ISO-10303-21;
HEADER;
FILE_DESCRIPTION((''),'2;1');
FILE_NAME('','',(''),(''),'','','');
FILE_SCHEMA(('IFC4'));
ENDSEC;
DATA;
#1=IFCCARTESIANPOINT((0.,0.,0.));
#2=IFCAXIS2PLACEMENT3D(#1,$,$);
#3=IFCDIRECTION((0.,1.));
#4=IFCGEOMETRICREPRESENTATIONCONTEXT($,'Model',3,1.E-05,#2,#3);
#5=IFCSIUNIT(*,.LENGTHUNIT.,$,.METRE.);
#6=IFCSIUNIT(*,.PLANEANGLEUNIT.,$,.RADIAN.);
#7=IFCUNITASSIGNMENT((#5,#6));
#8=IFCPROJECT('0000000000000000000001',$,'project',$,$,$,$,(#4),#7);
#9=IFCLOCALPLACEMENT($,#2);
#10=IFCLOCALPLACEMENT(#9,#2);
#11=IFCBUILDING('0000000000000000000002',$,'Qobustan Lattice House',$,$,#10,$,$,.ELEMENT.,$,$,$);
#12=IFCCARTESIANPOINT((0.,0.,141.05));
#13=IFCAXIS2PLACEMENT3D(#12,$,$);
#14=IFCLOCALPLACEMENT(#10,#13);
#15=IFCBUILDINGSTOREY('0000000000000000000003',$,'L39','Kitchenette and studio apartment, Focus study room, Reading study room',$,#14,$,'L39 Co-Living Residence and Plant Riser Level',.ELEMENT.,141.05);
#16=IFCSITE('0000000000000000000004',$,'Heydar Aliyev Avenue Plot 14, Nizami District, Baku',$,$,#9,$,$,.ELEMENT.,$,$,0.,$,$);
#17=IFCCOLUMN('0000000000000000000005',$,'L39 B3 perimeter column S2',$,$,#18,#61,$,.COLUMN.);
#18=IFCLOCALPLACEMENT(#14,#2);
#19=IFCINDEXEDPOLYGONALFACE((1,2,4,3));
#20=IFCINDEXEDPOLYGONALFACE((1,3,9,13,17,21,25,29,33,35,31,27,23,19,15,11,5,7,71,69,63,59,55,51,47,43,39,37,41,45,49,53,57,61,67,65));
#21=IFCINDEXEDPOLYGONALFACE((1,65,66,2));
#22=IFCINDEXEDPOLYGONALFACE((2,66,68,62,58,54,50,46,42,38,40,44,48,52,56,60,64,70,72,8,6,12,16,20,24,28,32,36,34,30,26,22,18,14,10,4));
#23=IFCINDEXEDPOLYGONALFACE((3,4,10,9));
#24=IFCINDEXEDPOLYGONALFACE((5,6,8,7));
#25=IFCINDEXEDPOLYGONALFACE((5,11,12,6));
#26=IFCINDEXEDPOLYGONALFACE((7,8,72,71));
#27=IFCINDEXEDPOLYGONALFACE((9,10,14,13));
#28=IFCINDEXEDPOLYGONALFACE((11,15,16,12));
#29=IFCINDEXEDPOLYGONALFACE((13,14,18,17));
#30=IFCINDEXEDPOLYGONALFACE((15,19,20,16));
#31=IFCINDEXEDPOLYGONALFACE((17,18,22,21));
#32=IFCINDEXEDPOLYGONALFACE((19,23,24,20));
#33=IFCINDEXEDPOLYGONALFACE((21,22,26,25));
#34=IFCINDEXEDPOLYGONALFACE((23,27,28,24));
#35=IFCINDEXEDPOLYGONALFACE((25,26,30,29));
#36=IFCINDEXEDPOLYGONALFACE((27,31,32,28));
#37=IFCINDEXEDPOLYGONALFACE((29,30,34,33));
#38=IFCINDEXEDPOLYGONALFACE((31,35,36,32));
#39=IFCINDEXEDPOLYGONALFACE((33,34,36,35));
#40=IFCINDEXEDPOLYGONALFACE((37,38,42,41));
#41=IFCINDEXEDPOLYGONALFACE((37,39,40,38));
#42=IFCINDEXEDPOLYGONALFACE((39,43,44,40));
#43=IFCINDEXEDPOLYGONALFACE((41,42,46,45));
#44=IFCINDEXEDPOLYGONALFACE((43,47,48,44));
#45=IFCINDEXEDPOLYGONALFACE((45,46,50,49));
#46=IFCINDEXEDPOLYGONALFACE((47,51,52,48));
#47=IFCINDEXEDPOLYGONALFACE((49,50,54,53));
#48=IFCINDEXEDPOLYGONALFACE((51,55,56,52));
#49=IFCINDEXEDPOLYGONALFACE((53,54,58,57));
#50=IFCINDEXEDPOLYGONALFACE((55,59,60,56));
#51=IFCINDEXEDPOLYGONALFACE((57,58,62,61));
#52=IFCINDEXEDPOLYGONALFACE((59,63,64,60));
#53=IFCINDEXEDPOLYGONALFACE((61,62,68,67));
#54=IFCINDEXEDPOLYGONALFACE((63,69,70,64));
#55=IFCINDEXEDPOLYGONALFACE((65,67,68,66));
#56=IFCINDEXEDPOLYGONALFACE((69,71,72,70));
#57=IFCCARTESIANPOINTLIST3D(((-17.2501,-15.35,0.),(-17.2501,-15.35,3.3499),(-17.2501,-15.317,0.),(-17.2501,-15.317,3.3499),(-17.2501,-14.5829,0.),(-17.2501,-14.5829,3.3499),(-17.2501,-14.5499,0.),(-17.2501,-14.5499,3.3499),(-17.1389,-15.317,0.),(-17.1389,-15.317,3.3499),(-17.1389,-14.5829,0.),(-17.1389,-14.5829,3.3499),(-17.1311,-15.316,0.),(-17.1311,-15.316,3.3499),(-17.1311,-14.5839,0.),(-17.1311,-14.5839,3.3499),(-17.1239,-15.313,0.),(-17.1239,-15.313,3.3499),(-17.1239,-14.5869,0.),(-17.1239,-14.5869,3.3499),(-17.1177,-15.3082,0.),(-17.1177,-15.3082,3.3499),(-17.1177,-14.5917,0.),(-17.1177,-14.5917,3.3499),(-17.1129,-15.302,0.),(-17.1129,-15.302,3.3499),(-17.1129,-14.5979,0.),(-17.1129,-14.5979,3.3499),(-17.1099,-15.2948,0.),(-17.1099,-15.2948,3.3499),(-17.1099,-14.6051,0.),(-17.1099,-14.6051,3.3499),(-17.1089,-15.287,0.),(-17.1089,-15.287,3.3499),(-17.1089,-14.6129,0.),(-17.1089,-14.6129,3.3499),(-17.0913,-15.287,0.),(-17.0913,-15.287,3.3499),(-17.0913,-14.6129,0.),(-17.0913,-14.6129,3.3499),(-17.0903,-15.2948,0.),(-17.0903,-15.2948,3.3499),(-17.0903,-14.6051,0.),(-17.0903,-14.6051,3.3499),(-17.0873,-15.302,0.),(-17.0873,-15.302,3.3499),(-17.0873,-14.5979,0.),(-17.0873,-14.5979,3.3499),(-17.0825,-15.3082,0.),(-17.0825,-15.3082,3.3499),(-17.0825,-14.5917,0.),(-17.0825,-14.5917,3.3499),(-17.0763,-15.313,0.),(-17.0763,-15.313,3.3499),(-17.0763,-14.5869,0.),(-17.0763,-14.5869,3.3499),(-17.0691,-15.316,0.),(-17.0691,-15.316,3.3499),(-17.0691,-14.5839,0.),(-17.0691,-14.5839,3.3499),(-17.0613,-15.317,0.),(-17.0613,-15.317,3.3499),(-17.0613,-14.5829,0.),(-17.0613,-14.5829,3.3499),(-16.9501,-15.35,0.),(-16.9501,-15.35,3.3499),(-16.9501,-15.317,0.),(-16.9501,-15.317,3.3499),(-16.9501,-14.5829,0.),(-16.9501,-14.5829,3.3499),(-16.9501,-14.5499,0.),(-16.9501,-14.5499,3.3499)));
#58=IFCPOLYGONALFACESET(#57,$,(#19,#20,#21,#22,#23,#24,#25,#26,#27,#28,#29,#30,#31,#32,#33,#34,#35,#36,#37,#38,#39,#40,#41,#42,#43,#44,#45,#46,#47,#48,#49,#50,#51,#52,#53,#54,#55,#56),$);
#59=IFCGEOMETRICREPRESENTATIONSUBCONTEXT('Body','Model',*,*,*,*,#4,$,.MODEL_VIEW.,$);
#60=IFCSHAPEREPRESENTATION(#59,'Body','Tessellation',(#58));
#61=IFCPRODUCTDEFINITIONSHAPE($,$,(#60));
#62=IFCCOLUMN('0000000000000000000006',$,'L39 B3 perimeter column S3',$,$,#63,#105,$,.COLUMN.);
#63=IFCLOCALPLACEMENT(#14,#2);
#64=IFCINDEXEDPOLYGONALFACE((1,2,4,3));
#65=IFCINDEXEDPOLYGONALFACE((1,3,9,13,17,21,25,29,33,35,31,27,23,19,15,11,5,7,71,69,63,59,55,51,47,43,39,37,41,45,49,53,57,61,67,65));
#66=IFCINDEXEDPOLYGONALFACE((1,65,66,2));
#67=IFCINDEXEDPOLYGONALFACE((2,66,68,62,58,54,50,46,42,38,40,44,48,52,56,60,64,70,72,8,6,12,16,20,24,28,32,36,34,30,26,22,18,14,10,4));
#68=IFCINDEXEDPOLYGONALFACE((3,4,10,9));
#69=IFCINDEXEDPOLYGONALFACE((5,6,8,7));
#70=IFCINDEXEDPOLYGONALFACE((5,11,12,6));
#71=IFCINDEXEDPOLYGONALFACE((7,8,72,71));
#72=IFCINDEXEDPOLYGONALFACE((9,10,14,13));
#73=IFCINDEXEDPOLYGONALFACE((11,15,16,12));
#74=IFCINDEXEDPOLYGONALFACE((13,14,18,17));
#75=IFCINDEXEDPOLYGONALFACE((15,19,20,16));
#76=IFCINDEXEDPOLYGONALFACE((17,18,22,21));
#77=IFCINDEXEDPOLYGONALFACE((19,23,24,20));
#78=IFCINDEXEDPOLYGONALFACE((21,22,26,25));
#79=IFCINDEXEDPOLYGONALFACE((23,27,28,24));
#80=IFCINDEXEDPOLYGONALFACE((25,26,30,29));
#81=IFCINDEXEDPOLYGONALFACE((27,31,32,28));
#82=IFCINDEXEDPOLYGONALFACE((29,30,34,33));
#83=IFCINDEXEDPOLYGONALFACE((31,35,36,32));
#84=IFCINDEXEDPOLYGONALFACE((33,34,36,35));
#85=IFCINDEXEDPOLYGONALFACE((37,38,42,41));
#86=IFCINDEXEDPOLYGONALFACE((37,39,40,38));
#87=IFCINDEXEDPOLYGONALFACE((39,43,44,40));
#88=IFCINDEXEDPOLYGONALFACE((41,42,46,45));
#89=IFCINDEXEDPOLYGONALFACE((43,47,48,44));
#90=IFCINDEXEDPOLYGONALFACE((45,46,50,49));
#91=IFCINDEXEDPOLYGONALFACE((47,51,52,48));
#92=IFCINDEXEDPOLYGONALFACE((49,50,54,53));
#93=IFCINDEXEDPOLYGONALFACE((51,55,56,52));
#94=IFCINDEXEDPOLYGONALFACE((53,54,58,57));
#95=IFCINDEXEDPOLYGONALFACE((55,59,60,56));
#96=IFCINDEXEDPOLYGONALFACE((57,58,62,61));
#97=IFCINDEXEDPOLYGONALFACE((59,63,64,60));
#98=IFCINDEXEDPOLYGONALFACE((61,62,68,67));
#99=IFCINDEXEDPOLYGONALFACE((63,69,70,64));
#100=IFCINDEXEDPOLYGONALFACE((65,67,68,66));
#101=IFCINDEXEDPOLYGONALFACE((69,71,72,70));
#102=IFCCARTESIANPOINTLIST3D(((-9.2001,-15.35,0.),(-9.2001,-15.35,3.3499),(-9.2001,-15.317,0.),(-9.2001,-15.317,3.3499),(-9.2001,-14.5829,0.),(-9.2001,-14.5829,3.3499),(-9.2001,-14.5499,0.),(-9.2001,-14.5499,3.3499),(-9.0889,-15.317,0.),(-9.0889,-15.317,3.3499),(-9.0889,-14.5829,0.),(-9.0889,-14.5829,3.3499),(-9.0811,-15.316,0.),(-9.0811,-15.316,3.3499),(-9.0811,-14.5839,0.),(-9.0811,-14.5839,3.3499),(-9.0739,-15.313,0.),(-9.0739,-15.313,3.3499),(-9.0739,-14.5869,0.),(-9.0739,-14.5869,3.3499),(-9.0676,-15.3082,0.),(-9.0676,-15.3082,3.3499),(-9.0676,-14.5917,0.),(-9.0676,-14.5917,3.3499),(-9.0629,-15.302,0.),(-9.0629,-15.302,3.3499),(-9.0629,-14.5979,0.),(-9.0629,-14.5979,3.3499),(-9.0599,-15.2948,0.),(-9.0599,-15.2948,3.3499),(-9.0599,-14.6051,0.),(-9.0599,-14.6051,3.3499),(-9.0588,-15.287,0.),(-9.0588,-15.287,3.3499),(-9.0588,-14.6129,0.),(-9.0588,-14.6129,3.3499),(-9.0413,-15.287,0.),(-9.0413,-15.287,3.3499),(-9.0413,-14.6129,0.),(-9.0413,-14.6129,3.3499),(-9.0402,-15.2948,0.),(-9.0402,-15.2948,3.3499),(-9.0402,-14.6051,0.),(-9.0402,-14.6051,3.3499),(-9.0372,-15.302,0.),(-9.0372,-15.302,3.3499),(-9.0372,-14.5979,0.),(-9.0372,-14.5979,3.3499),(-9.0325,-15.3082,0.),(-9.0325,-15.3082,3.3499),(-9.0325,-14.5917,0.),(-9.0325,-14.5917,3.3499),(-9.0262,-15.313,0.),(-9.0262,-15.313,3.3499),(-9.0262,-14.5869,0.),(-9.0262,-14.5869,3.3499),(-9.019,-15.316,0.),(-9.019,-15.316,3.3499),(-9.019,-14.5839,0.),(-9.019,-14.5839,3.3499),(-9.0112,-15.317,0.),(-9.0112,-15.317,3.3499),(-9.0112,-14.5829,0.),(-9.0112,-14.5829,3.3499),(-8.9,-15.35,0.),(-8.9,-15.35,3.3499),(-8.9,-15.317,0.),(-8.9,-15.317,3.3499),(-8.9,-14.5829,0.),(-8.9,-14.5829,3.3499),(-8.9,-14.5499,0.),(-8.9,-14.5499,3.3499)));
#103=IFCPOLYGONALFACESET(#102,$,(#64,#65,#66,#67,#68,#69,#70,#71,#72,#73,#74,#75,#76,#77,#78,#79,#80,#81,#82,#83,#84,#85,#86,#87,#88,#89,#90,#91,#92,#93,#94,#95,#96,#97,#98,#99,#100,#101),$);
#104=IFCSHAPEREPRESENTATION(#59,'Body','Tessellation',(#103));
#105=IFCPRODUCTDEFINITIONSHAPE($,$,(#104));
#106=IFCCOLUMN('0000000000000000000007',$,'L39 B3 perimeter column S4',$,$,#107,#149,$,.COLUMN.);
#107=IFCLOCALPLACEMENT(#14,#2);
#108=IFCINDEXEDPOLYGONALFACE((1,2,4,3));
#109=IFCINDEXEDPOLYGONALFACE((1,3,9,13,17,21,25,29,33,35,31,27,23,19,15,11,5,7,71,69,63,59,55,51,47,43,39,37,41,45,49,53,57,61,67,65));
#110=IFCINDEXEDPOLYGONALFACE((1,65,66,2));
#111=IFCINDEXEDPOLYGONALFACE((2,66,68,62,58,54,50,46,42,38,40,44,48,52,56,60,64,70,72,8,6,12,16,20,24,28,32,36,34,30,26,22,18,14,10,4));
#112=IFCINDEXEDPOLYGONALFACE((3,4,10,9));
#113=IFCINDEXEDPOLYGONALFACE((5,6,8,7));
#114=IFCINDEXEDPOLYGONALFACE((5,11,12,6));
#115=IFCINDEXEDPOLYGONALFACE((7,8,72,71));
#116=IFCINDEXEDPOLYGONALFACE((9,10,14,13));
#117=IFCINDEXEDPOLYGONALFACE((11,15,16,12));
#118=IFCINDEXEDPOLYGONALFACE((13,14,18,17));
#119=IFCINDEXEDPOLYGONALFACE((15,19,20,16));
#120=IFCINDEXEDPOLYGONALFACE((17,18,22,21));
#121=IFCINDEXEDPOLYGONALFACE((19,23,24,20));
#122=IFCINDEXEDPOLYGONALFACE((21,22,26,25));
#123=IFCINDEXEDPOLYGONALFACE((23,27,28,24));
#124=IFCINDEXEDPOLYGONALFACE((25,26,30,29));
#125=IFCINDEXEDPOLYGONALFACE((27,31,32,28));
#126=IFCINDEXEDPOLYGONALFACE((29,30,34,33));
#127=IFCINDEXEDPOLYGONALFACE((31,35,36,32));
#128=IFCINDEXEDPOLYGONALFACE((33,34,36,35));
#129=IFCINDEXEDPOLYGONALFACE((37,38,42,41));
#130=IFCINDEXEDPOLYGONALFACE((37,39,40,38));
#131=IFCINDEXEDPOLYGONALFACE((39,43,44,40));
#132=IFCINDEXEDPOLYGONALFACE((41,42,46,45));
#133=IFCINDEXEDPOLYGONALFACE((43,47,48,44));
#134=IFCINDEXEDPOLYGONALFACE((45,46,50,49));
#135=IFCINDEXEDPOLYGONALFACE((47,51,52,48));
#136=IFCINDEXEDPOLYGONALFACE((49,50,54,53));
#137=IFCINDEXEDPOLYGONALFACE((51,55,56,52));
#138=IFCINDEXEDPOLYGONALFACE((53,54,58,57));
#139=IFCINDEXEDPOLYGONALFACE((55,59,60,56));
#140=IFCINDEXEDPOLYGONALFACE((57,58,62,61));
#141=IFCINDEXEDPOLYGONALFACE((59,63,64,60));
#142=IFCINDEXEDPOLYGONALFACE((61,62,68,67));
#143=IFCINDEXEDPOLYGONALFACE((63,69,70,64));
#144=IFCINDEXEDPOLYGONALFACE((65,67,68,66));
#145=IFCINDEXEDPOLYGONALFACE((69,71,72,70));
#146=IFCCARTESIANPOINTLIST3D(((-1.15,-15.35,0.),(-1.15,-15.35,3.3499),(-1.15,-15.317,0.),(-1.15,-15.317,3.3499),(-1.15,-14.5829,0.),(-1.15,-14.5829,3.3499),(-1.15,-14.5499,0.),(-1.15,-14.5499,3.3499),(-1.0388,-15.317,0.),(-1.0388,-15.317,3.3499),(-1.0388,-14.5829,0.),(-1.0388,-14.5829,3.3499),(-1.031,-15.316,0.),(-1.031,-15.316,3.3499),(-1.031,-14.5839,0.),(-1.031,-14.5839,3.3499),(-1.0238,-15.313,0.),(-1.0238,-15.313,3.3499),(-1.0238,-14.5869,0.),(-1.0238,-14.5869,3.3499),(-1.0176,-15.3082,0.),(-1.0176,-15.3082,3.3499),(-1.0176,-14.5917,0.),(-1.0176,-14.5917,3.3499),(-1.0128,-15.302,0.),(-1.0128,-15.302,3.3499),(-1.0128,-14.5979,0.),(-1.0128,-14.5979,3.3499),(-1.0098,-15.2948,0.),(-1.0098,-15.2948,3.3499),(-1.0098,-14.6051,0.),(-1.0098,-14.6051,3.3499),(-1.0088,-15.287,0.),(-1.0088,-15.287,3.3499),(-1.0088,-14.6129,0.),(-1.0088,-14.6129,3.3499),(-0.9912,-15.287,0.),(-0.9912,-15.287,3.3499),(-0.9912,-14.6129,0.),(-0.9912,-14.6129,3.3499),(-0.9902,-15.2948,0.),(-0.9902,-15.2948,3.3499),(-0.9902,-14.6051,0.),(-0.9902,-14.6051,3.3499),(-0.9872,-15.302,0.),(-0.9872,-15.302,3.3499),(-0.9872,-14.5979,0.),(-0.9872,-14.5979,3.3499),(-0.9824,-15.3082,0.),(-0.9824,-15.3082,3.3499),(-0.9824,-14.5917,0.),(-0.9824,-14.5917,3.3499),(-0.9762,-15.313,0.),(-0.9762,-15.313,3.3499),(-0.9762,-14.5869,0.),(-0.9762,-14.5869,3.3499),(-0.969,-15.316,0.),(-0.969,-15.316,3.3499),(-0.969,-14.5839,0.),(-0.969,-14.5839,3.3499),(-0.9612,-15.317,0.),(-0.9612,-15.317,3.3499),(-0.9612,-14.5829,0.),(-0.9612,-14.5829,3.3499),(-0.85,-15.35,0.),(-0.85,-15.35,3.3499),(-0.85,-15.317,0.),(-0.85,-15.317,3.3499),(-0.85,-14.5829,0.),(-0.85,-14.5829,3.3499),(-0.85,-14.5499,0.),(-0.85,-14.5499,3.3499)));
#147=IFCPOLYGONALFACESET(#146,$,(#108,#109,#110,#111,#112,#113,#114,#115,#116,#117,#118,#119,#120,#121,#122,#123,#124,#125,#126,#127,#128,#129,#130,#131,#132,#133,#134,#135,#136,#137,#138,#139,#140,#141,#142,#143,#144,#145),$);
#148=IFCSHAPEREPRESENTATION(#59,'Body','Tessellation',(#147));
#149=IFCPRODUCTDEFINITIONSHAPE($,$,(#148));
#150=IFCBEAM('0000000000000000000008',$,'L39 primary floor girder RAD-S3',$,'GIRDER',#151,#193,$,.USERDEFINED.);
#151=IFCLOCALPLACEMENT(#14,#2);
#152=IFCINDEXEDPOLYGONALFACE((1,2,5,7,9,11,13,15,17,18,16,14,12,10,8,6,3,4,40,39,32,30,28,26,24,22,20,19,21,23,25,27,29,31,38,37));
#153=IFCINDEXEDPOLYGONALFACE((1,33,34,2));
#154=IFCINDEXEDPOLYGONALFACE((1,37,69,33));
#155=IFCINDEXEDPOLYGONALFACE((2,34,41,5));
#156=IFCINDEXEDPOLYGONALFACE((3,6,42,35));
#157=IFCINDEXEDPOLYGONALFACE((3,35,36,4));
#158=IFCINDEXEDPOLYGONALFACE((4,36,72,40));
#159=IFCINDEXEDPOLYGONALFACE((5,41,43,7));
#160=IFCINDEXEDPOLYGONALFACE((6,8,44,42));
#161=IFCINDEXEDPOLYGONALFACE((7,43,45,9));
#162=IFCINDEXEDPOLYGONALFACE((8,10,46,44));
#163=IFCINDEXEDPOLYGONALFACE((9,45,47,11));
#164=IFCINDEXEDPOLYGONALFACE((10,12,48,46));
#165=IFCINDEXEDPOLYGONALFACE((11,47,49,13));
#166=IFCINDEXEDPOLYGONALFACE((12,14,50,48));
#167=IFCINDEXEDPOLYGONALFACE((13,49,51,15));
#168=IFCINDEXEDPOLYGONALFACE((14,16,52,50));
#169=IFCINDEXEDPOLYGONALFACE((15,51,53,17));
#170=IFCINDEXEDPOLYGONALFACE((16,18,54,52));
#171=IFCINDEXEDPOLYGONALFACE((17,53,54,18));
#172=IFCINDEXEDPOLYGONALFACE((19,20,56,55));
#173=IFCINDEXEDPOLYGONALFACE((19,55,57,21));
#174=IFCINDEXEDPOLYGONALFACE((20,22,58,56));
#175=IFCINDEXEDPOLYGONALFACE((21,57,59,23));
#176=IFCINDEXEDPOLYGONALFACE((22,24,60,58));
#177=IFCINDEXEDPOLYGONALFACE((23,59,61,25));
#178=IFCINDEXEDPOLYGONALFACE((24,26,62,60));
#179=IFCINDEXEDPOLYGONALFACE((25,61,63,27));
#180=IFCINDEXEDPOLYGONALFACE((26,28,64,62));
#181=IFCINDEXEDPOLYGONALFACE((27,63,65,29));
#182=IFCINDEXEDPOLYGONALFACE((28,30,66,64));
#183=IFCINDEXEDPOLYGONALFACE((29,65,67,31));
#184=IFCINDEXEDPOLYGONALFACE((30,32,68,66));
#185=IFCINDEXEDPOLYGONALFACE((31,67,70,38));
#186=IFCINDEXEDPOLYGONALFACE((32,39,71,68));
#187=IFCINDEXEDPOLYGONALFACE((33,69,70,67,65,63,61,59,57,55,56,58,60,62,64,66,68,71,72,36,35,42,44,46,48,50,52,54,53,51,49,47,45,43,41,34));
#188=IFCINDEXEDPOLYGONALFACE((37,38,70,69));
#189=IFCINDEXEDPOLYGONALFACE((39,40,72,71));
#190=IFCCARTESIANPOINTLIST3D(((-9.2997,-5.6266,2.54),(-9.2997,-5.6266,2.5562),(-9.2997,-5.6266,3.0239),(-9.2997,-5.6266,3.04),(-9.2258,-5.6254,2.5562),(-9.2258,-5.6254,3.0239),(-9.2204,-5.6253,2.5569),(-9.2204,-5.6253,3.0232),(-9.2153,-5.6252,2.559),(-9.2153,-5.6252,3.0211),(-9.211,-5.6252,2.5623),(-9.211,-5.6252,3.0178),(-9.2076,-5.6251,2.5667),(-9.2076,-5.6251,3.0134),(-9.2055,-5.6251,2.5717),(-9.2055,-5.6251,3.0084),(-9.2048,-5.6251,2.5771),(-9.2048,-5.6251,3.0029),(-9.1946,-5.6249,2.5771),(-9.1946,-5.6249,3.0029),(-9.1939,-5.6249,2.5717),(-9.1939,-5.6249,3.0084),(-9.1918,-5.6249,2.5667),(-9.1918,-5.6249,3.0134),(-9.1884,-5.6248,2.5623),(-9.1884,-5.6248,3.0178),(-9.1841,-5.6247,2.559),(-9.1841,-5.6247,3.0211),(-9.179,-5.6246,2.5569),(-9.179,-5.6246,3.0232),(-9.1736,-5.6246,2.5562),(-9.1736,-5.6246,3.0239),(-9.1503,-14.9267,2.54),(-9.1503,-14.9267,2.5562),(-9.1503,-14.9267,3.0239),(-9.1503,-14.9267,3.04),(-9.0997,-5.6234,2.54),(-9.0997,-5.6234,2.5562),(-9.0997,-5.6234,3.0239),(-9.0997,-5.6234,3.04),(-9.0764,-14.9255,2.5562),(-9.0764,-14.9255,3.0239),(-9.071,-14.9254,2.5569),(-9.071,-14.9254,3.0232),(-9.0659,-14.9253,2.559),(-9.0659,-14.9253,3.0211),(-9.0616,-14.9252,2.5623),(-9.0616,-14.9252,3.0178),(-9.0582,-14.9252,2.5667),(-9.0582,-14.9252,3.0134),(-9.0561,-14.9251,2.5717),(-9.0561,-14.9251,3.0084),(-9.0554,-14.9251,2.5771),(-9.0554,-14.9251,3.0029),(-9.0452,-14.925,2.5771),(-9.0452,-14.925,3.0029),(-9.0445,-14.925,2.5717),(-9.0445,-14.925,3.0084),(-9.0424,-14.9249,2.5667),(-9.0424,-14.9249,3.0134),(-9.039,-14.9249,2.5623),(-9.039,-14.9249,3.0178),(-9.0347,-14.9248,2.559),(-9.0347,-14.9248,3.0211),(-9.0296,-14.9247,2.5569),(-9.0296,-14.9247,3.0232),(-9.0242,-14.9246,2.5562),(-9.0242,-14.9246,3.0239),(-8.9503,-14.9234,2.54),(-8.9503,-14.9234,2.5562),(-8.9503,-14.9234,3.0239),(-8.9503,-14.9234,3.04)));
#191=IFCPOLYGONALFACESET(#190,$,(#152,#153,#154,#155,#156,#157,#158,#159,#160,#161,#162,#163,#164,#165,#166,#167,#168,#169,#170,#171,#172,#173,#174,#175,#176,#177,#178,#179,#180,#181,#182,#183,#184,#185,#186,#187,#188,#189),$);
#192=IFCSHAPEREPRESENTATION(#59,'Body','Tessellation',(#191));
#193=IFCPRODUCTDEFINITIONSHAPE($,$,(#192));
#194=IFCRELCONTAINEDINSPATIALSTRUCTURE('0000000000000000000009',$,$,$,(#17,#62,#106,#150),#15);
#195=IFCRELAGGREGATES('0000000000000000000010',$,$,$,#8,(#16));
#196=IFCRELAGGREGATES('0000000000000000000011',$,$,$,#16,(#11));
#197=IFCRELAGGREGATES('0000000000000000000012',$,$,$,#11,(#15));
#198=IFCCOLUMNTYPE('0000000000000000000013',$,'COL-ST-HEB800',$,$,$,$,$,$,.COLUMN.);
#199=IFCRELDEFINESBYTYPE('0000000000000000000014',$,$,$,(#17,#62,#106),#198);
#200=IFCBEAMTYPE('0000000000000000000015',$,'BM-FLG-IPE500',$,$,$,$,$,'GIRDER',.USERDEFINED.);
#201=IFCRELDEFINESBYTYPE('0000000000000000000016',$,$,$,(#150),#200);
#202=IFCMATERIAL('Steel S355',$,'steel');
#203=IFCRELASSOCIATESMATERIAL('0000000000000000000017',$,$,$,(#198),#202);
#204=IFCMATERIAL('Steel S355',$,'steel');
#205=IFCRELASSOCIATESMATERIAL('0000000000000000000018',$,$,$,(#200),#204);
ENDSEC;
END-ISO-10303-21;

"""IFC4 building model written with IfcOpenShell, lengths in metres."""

from ifc_helpers import new_model, si_unit, direction, frame, origin, origin_2d, place, context, subcontext, project, spatial, i_section, extrude, material, material_profile, profile_set, type_object, element, save


model = new_model("IFC4")

# Units and contexts
model_context = context("Model", 3, precision=1e-05, world=origin(), true_north=direction((0.0, 1.0)))
body_context = subcontext(model_context, "Body", "Model", "MODEL_VIEW")
ifc_project = project(units=[si_unit("LENGTHUNIT", "METRE"), si_unit("PLANEANGLEUNIT", "RADIAN")], contexts=[model_context])

# Site, building, storey
site_placement = place(None, origin())
site = spatial("IfcSite", under=ifc_project, at=site_placement, Name="Heydar Aliyev Avenue Plot 14, Nizami District, Baku", CompositionType="ELEMENT", RefElevation=0.0)
building_placement = place(site_placement, origin())
building = spatial("IfcBuilding", under=site, at=building_placement, Name="Qobustan Lattice House", CompositionType="ELEMENT")
storey_placement = place(building_placement, frame((0.0, 0.0, 141.05)))
storey = spatial("IfcBuildingStorey", under=building, at=storey_placement, Name="L39", Description="Kitchenette and studio apartment, Focus study room, Reading study room", LongName="L39 Co-Living Residence and Plant Riser Level", CompositionType="ELEMENT", Elevation=141.05)

# Columns
ifc_material_1 = material(Name="Steel S355", Category="steel")
ifc_material_profile_1 = material_profile(ifc_material_1, i_section(OverallWidth=0.3, OverallDepth=0.8, WebThickness=0.0176, FlangeThickness=0.033, FilletRadius=0.03, at=origin_2d()), Name="HEB800")
ifc_profile_set_1 = profile_set([ifc_material_profile_1], Name="Steel S355")
column_type = type_object("IfcColumnType", Name="COL-ST-HEB800", PredefinedType="COLUMN", material=ifc_profile_set_1)
for number, where, z_axis, x_axis, name in (
    (1, (-17.1001, -14.95, 0.0), (0.0, 0.0, 1.0), (1.0, 0.0, 0.0), "L39 B3 perimeter column S2"),
    (2, (-9.05, -14.95, 0.0), (0.0, 0.0, 1.0), (1.0, 0.0, 0.0), "L39 B3 perimeter column S3"),
    (3, (-1.0, -14.95, 0.0), (0.0, 0.0, 1.0), (1.0, 0.0, 0.0), "L39 B3 perimeter column S4"),
):
    element("IfcColumn", number, at=place(storey_placement, frame(where, z_axis=z_axis, x_axis=x_axis)), inside=storey, type_object=column_type, Name=name, PredefinedType="COLUMN", context=body_context, shape_type="SweptSolid", body=[
        extrude(i_section(OverallWidth=0.3, OverallDepth=0.8, WebThickness=0.0176, FlangeThickness=0.033, FilletRadius=0.03, at=origin_2d()), origin(), (0.0, 0.0, 1.0), 3.3499),
    ])

# Beam
ifc_material_2 = material(Name="Steel S355", Category="steel")
ifc_material_profile_2 = material_profile(ifc_material_2, i_section(OverallWidth=0.2, OverallDepth=0.5, WebThickness=0.0103, FlangeThickness=0.0161, FilletRadius=0.021, at=origin_2d()), Name="IPE500")
ifc_profile_set_2 = profile_set([ifc_material_profile_2], Name="Steel S355")
beam_type_1 = type_object("IfcBeamType", Name="BM-FLG-IPE500", ElementType="GIRDER", PredefinedType="USERDEFINED", material=ifc_profile_set_2)
beam_1_placement = place(storey_placement, frame((-9.0503, -14.925, 2.79), z_axis=(-0.016064, 0.999871, 0.0), x_axis=(-0.999871, -0.016064, 0.0)))
element("IfcBeam", 4, at=beam_1_placement, inside=storey, type_object=beam_type_1, Name="L39 primary floor girder RAD-S3", ObjectType="GIRDER", PredefinedType="USERDEFINED", context=body_context, shape_type="SweptSolid", body=[
    extrude(i_section(OverallWidth=0.2, OverallDepth=0.5, WebThickness=0.0103, FlangeThickness=0.0161, FilletRadius=0.021, at=origin_2d()), origin(), (0.0, 0.0, 1.0), 9.3013),
])

save(model, "model.ifc")
